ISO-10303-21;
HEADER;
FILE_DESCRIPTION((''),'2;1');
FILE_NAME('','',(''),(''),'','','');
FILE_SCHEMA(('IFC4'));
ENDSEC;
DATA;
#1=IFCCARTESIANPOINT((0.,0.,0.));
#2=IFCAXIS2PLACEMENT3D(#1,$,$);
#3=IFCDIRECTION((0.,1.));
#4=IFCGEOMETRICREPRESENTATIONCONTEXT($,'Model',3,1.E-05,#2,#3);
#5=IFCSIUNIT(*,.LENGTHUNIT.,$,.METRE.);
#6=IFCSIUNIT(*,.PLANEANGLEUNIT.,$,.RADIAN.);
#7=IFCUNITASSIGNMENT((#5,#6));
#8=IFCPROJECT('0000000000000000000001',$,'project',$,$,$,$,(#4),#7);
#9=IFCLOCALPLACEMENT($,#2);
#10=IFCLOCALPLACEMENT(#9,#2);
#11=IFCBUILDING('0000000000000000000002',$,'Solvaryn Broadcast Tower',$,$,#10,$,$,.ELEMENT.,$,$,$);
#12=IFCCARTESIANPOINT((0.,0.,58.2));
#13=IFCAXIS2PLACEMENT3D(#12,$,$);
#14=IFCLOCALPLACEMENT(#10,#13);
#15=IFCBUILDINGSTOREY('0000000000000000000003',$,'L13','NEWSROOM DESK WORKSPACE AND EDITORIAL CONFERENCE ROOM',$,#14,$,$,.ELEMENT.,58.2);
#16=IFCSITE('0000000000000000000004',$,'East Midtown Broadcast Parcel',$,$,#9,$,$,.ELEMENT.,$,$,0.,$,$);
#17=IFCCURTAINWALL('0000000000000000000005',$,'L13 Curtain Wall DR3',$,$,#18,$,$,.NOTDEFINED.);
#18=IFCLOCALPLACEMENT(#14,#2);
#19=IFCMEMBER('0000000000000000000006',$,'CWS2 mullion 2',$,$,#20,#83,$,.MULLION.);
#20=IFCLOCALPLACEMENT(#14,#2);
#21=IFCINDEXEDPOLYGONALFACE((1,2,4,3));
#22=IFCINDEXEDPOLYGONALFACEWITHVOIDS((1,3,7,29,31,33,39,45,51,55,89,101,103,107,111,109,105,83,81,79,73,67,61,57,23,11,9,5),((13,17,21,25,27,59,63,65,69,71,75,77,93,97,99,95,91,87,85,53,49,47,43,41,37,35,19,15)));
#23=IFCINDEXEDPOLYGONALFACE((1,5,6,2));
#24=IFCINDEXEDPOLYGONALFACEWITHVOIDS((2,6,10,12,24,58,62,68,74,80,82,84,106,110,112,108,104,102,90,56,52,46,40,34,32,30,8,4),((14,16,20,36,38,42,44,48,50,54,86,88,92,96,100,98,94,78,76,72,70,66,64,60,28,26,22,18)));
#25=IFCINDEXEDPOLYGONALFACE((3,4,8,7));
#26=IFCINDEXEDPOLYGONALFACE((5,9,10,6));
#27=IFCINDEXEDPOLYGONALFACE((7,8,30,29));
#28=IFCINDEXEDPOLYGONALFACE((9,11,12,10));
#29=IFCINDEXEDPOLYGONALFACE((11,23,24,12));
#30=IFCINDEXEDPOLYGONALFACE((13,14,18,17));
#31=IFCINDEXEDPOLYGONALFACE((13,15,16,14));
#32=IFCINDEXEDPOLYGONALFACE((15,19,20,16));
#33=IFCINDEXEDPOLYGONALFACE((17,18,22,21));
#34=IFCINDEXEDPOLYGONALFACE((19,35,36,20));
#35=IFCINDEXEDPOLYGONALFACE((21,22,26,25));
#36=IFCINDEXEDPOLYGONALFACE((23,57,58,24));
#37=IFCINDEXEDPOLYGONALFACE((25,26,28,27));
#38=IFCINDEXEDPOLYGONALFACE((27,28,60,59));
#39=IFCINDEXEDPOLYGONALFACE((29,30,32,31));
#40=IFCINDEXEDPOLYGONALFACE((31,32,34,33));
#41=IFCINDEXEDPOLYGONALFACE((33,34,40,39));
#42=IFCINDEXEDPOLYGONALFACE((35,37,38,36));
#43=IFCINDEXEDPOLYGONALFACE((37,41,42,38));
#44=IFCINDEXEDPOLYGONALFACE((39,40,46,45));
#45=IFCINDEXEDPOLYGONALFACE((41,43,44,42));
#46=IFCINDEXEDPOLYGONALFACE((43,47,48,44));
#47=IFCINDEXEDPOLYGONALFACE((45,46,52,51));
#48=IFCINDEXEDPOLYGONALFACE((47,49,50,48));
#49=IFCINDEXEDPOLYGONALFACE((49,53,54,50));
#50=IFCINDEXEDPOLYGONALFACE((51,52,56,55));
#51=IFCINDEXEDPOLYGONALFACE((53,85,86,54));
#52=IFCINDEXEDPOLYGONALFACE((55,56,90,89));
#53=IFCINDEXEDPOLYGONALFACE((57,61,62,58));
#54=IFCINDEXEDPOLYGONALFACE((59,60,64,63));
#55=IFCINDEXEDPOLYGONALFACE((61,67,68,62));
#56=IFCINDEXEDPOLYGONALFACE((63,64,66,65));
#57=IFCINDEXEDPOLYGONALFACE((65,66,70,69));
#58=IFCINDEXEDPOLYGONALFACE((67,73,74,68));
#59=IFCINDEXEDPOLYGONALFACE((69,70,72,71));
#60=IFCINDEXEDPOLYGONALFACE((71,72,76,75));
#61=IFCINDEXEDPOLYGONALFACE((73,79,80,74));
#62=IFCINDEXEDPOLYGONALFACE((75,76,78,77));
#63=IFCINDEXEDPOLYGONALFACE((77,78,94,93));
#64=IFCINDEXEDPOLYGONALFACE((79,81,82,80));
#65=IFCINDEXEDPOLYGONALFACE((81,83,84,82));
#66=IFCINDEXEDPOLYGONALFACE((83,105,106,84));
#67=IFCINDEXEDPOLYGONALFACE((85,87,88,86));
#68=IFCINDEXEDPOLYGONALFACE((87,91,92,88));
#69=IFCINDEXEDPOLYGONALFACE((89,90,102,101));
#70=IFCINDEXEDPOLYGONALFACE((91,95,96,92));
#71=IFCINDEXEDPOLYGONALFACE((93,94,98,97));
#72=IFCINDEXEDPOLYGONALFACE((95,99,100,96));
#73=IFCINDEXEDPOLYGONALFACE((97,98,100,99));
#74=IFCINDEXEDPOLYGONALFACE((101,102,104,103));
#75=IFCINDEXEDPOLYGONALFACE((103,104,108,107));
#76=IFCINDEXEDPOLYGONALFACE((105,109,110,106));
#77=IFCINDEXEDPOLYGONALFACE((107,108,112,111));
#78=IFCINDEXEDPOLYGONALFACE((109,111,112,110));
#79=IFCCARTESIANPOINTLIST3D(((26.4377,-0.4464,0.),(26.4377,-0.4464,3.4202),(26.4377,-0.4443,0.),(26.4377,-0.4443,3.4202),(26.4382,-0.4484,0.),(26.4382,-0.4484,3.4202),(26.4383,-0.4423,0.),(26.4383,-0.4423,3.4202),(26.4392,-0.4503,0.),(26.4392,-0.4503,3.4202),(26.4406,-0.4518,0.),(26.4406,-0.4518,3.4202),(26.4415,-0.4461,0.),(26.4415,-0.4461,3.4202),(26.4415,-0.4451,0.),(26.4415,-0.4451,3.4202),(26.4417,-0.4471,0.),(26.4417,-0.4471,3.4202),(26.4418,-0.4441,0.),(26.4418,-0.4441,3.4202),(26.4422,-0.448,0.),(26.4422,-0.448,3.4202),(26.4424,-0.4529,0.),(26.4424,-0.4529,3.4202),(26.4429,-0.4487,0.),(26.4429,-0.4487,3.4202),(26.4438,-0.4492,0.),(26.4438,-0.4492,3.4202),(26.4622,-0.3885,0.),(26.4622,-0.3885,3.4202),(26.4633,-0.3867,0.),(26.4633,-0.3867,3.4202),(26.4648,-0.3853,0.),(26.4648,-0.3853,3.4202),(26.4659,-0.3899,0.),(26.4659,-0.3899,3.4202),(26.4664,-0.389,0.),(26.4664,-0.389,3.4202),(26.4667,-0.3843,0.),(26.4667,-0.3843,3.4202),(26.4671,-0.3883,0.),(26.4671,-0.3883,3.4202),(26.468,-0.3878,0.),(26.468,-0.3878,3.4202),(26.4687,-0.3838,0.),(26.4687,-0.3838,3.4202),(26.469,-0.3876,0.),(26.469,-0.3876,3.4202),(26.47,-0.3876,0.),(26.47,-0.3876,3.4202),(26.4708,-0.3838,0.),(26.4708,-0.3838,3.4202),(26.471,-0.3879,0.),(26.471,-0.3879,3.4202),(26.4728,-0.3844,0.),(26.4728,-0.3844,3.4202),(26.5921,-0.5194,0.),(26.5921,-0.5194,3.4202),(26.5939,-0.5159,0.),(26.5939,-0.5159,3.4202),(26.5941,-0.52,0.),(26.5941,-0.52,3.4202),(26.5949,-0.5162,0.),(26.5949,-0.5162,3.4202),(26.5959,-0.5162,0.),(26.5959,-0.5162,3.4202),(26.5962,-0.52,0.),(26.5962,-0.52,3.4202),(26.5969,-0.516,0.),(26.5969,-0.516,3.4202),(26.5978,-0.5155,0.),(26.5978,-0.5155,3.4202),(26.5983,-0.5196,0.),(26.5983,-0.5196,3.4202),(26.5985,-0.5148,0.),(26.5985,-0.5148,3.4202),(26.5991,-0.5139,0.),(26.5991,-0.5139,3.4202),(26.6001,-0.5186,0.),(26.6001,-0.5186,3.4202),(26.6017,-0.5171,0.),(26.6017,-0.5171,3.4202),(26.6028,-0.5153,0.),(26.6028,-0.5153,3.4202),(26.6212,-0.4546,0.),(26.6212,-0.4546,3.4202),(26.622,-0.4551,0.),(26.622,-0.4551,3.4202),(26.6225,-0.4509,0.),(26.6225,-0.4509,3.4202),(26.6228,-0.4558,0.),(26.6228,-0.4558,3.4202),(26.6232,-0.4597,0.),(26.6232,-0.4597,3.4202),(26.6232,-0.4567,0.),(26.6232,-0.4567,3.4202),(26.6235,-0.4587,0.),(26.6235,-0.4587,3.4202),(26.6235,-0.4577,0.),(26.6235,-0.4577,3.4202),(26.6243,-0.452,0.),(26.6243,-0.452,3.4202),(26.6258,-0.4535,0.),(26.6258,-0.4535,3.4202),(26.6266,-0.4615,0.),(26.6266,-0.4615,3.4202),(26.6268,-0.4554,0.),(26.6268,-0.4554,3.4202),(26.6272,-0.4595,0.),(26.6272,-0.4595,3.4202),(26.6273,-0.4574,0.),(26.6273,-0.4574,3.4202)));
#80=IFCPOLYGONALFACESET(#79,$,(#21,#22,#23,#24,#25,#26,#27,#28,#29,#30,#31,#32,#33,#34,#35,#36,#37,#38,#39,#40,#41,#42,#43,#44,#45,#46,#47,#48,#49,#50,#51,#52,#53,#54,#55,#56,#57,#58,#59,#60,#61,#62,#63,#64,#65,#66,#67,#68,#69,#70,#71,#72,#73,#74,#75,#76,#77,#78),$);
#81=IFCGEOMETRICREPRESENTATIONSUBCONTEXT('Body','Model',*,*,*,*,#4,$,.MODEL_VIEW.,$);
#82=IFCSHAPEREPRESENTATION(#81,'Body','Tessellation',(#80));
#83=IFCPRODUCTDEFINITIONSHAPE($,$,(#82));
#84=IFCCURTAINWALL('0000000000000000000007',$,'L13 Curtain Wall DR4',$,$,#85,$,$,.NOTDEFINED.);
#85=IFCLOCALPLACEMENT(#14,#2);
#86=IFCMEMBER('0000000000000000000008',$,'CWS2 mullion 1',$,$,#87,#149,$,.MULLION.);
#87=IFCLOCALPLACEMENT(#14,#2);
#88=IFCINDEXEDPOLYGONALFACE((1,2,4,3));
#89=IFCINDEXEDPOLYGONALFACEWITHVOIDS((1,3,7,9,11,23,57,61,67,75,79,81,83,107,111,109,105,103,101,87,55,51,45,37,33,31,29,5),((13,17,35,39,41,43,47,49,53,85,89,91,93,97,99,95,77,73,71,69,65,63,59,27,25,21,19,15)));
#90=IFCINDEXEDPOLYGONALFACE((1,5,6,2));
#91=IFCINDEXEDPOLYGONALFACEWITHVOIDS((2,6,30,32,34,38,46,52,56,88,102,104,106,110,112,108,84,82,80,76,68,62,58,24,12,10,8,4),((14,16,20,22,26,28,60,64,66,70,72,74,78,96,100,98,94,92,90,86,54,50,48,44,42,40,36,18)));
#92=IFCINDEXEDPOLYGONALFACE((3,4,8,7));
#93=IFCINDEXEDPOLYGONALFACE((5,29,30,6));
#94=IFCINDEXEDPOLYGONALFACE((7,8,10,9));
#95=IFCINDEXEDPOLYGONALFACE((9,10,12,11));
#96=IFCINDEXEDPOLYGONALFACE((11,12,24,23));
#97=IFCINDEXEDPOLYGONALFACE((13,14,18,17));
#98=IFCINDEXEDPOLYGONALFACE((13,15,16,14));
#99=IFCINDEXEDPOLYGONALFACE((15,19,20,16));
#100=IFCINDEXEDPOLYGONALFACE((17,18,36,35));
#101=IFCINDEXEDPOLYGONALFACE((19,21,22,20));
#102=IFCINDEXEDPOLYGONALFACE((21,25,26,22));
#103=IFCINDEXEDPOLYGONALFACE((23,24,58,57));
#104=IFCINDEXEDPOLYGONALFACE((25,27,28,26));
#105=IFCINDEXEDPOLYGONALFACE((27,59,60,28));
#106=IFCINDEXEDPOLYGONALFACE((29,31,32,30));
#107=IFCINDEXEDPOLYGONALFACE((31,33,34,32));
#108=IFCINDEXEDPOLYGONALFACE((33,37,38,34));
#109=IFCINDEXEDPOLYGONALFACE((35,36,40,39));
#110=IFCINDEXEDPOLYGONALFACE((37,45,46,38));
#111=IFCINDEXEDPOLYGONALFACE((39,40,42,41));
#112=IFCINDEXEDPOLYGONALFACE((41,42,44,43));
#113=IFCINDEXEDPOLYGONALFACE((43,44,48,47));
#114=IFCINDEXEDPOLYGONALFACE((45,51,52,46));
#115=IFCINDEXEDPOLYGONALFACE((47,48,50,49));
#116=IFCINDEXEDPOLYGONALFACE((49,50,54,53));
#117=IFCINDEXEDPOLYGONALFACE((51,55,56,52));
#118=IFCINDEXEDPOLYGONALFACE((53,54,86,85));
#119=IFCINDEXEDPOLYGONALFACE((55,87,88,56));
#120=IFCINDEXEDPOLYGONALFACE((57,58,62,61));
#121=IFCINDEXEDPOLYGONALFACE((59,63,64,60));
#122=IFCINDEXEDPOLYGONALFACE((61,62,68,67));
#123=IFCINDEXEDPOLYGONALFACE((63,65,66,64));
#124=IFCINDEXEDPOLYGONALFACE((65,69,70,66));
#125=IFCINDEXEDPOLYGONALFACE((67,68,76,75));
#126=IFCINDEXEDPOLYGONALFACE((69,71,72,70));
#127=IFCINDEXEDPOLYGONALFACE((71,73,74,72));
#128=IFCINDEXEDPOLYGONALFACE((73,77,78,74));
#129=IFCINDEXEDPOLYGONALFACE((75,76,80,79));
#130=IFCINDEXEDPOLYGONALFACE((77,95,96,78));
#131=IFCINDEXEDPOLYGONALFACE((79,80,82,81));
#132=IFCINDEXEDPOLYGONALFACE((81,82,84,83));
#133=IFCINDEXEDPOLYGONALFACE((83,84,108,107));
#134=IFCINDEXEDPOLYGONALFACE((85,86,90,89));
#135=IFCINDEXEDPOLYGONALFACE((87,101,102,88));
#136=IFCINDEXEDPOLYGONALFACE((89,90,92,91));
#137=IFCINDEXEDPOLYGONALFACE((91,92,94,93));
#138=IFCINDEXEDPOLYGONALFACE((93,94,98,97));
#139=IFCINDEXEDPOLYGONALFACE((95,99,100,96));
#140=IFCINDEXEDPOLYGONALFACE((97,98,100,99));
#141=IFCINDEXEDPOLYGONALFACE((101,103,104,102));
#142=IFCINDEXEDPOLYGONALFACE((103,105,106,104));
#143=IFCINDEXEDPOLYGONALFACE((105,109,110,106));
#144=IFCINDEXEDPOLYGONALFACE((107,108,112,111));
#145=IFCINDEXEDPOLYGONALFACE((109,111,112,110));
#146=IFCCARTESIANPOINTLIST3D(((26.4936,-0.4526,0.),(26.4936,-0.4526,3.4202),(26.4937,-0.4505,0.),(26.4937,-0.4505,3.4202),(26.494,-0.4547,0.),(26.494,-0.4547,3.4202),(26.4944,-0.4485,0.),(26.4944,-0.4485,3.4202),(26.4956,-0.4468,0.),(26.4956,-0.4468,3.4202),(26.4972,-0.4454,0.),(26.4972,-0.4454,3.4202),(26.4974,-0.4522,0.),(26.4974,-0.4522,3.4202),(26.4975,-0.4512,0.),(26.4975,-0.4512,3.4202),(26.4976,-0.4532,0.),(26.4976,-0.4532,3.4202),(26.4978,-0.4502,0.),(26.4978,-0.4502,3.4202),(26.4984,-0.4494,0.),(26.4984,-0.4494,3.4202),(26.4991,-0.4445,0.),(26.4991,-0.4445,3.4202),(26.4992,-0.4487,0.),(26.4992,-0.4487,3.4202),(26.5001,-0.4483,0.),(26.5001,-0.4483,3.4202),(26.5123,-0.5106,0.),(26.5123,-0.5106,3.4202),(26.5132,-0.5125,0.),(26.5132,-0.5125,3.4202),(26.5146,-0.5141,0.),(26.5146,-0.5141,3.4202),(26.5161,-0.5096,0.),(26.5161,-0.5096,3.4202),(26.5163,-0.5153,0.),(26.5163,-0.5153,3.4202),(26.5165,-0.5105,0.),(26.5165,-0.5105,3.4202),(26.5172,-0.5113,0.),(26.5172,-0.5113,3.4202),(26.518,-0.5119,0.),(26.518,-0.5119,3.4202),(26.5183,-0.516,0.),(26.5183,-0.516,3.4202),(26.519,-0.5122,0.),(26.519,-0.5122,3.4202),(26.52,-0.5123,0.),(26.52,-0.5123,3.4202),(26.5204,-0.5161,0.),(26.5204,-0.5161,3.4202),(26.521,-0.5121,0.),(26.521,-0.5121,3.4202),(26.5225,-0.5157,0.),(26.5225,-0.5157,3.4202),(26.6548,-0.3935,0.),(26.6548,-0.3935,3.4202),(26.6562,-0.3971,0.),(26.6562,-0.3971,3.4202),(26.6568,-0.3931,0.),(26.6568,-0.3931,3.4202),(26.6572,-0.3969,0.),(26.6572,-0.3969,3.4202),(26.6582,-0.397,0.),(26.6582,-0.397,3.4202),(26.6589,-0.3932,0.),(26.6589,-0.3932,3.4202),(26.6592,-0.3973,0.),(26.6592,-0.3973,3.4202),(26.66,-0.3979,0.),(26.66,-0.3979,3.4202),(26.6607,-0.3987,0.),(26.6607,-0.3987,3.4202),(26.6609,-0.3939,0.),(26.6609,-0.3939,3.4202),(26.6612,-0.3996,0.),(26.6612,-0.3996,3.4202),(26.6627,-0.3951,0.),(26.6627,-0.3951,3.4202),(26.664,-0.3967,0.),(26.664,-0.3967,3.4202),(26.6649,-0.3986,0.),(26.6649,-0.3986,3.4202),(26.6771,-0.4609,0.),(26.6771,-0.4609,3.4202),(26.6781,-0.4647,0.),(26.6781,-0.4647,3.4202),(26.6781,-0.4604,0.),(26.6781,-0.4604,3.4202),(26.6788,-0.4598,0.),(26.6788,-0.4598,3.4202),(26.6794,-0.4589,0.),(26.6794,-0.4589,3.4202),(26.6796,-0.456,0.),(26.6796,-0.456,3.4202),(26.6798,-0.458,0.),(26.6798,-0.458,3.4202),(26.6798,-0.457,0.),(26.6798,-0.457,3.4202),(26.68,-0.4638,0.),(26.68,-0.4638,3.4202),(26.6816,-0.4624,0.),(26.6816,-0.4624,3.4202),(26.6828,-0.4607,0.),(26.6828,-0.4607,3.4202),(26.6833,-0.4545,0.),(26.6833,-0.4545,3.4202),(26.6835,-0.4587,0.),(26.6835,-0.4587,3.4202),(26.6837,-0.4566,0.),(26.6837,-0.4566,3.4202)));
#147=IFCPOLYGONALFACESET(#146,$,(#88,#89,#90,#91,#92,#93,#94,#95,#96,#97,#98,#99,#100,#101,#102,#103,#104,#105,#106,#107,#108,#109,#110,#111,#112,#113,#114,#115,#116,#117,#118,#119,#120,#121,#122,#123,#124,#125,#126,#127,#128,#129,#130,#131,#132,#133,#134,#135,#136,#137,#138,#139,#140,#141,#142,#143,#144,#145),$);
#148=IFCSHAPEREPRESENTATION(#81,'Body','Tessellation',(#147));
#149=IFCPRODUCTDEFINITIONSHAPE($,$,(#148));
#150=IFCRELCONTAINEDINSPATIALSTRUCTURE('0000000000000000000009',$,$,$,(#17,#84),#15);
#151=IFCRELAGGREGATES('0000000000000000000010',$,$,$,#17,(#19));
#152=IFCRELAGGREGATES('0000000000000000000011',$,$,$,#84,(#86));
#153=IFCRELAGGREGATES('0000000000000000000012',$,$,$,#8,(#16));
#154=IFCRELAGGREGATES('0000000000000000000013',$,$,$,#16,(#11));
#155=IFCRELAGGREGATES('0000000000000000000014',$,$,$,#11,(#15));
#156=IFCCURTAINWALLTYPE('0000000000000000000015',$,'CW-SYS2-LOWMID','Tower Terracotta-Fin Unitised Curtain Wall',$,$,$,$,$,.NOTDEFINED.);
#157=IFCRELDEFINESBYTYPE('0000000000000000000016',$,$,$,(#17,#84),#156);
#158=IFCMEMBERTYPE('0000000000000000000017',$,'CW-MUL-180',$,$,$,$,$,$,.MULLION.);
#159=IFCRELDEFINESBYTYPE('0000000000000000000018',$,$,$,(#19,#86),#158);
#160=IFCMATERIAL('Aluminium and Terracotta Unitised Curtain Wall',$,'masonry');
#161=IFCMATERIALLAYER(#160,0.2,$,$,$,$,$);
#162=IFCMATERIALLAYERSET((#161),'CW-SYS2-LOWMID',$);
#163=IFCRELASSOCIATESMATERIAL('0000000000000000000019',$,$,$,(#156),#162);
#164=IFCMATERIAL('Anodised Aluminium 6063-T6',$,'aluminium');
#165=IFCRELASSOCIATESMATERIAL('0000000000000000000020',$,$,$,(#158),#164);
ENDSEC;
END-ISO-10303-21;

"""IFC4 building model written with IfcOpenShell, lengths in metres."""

from ifc_helpers import new_model, si_unit, direction, frame, origin, origin_2d, place, context, subcontext, project, spatial, hollow_rectangle, extrude, material, layer, layer_set, material_profile, profile_set, type_object, element, aggregate, save


model = new_model("IFC4")

# Units and contexts
model_context = context("Model", 3, precision=1e-05, world=origin(), true_north=direction((0.0, 1.0)))
body_context = subcontext(model_context, "Body", "Model", "MODEL_VIEW")
ifc_project = project(units=[si_unit("LENGTHUNIT", "METRE"), si_unit("PLANEANGLEUNIT", "RADIAN")], contexts=[model_context])

# Site, building, storey
site_placement = place(None, origin())
site = spatial("IfcSite", under=ifc_project, at=site_placement, Name="East Midtown Broadcast Parcel", CompositionType="ELEMENT", RefElevation=0.0)
building_placement = place(site_placement, origin())
building = spatial("IfcBuilding", under=site, at=building_placement, Name="Solvaryn Broadcast Tower", CompositionType="ELEMENT")
storey_placement = place(building_placement, frame((0.0, 0.0, 58.2)))
storey = spatial("IfcBuildingStorey", under=building, at=storey_placement, Name="L13", Description="NEWSROOM DESK WORKSPACE AND EDITORIAL CONFERENCE ROOM", CompositionType="ELEMENT", Elevation=58.2)

# Curtain wall, member
ifc_material_1 = material(Name="Aluminium and Terracotta Unitised Curtain Wall", Category="masonry")
ifc_layer_1 = layer(ifc_material_1, 0.2)
ifc_layer_set_1 = layer_set([ifc_layer_1], Name="CW-SYS2-LOWMID")
curtain_wall_type = type_object("IfcCurtainWallType", Name="CW-SYS2-LOWMID", Description="Tower Terracotta-Fin Unitised Curtain Wall", PredefinedType="NOTDEFINED", material=ifc_layer_set_1)
curtain_wall_1_placement = place(storey_placement, origin())
curtain_wall_1 = element("IfcCurtainWall", 1, at=curtain_wall_1_placement, inside=storey, type_object=curtain_wall_type, Name="L13 Curtain Wall DR3", PredefinedType="NOTDEFINED")
ifc_material_2 = material(Name="Anodised Aluminium 6063-T6", Category="aluminium")
ifc_material_profile_1 = material_profile(ifc_material_2, hollow_rectangle(XDim=0.075, YDim=0.1799, WallThickness=0.0039, InnerFilletRadius=0.0039, OuterFilletRadius=0.0081, at=origin_2d()))
ifc_profile_set_1 = profile_set([ifc_material_profile_1], Name="Anodised Aluminium 6063-T6")
member_type_1 = type_object("IfcMemberType", Name="CW-MUL-180", PredefinedType="MULLION", material=ifc_profile_set_1)
member_1_placement = place(storey_placement, frame((26.5325, -0.4519, 0.0), z_axis=(0.0, 0.0, 1.0), x_axis=(0.405898, 0.913918, 0.0)))
member_1 = element("IfcMember", 2, at=member_1_placement, type_object=member_type_1, Name="CWS2 mullion 2", PredefinedType="MULLION", context=body_context, shape_type="SweptSolid", body=[
    extrude(hollow_rectangle(XDim=0.075, YDim=0.1799, WallThickness=0.0039, InnerFilletRadius=0.0039, OuterFilletRadius=0.0081, at=origin_2d()), origin(), (0.0, 0.0, 1.0), 3.4202),
])
aggregate(curtain_wall_1, [member_1])

# Curtain wall, member
curtain_wall_2_placement = place(storey_placement, origin())
curtain_wall_2 = element("IfcCurtainWall", 3, at=curtain_wall_2_placement, inside=storey, type_object=curtain_wall_type, Name="L13 Curtain Wall DR4", PredefinedType="NOTDEFINED")
member_2_placement = place(storey_placement, frame((26.5886, -0.4546, 0.0), z_axis=(0.0, 0.0, 1.0), x_axis=(-0.311594, 0.950215, 0.0)))
member_2 = element("IfcMember", 4, at=member_2_placement, type_object=member_type_1, Name="CWS2 mullion 1", PredefinedType="MULLION", context=body_context, shape_type="SweptSolid", body=[
    extrude(hollow_rectangle(XDim=0.075, YDim=0.1799, WallThickness=0.0039, InnerFilletRadius=0.0039, OuterFilletRadius=0.0081, at=origin_2d()), origin(), (0.0, 0.0, 1.0), 3.4202),
])
aggregate(curtain_wall_2, [member_2])

save(model, "model.ifc")
